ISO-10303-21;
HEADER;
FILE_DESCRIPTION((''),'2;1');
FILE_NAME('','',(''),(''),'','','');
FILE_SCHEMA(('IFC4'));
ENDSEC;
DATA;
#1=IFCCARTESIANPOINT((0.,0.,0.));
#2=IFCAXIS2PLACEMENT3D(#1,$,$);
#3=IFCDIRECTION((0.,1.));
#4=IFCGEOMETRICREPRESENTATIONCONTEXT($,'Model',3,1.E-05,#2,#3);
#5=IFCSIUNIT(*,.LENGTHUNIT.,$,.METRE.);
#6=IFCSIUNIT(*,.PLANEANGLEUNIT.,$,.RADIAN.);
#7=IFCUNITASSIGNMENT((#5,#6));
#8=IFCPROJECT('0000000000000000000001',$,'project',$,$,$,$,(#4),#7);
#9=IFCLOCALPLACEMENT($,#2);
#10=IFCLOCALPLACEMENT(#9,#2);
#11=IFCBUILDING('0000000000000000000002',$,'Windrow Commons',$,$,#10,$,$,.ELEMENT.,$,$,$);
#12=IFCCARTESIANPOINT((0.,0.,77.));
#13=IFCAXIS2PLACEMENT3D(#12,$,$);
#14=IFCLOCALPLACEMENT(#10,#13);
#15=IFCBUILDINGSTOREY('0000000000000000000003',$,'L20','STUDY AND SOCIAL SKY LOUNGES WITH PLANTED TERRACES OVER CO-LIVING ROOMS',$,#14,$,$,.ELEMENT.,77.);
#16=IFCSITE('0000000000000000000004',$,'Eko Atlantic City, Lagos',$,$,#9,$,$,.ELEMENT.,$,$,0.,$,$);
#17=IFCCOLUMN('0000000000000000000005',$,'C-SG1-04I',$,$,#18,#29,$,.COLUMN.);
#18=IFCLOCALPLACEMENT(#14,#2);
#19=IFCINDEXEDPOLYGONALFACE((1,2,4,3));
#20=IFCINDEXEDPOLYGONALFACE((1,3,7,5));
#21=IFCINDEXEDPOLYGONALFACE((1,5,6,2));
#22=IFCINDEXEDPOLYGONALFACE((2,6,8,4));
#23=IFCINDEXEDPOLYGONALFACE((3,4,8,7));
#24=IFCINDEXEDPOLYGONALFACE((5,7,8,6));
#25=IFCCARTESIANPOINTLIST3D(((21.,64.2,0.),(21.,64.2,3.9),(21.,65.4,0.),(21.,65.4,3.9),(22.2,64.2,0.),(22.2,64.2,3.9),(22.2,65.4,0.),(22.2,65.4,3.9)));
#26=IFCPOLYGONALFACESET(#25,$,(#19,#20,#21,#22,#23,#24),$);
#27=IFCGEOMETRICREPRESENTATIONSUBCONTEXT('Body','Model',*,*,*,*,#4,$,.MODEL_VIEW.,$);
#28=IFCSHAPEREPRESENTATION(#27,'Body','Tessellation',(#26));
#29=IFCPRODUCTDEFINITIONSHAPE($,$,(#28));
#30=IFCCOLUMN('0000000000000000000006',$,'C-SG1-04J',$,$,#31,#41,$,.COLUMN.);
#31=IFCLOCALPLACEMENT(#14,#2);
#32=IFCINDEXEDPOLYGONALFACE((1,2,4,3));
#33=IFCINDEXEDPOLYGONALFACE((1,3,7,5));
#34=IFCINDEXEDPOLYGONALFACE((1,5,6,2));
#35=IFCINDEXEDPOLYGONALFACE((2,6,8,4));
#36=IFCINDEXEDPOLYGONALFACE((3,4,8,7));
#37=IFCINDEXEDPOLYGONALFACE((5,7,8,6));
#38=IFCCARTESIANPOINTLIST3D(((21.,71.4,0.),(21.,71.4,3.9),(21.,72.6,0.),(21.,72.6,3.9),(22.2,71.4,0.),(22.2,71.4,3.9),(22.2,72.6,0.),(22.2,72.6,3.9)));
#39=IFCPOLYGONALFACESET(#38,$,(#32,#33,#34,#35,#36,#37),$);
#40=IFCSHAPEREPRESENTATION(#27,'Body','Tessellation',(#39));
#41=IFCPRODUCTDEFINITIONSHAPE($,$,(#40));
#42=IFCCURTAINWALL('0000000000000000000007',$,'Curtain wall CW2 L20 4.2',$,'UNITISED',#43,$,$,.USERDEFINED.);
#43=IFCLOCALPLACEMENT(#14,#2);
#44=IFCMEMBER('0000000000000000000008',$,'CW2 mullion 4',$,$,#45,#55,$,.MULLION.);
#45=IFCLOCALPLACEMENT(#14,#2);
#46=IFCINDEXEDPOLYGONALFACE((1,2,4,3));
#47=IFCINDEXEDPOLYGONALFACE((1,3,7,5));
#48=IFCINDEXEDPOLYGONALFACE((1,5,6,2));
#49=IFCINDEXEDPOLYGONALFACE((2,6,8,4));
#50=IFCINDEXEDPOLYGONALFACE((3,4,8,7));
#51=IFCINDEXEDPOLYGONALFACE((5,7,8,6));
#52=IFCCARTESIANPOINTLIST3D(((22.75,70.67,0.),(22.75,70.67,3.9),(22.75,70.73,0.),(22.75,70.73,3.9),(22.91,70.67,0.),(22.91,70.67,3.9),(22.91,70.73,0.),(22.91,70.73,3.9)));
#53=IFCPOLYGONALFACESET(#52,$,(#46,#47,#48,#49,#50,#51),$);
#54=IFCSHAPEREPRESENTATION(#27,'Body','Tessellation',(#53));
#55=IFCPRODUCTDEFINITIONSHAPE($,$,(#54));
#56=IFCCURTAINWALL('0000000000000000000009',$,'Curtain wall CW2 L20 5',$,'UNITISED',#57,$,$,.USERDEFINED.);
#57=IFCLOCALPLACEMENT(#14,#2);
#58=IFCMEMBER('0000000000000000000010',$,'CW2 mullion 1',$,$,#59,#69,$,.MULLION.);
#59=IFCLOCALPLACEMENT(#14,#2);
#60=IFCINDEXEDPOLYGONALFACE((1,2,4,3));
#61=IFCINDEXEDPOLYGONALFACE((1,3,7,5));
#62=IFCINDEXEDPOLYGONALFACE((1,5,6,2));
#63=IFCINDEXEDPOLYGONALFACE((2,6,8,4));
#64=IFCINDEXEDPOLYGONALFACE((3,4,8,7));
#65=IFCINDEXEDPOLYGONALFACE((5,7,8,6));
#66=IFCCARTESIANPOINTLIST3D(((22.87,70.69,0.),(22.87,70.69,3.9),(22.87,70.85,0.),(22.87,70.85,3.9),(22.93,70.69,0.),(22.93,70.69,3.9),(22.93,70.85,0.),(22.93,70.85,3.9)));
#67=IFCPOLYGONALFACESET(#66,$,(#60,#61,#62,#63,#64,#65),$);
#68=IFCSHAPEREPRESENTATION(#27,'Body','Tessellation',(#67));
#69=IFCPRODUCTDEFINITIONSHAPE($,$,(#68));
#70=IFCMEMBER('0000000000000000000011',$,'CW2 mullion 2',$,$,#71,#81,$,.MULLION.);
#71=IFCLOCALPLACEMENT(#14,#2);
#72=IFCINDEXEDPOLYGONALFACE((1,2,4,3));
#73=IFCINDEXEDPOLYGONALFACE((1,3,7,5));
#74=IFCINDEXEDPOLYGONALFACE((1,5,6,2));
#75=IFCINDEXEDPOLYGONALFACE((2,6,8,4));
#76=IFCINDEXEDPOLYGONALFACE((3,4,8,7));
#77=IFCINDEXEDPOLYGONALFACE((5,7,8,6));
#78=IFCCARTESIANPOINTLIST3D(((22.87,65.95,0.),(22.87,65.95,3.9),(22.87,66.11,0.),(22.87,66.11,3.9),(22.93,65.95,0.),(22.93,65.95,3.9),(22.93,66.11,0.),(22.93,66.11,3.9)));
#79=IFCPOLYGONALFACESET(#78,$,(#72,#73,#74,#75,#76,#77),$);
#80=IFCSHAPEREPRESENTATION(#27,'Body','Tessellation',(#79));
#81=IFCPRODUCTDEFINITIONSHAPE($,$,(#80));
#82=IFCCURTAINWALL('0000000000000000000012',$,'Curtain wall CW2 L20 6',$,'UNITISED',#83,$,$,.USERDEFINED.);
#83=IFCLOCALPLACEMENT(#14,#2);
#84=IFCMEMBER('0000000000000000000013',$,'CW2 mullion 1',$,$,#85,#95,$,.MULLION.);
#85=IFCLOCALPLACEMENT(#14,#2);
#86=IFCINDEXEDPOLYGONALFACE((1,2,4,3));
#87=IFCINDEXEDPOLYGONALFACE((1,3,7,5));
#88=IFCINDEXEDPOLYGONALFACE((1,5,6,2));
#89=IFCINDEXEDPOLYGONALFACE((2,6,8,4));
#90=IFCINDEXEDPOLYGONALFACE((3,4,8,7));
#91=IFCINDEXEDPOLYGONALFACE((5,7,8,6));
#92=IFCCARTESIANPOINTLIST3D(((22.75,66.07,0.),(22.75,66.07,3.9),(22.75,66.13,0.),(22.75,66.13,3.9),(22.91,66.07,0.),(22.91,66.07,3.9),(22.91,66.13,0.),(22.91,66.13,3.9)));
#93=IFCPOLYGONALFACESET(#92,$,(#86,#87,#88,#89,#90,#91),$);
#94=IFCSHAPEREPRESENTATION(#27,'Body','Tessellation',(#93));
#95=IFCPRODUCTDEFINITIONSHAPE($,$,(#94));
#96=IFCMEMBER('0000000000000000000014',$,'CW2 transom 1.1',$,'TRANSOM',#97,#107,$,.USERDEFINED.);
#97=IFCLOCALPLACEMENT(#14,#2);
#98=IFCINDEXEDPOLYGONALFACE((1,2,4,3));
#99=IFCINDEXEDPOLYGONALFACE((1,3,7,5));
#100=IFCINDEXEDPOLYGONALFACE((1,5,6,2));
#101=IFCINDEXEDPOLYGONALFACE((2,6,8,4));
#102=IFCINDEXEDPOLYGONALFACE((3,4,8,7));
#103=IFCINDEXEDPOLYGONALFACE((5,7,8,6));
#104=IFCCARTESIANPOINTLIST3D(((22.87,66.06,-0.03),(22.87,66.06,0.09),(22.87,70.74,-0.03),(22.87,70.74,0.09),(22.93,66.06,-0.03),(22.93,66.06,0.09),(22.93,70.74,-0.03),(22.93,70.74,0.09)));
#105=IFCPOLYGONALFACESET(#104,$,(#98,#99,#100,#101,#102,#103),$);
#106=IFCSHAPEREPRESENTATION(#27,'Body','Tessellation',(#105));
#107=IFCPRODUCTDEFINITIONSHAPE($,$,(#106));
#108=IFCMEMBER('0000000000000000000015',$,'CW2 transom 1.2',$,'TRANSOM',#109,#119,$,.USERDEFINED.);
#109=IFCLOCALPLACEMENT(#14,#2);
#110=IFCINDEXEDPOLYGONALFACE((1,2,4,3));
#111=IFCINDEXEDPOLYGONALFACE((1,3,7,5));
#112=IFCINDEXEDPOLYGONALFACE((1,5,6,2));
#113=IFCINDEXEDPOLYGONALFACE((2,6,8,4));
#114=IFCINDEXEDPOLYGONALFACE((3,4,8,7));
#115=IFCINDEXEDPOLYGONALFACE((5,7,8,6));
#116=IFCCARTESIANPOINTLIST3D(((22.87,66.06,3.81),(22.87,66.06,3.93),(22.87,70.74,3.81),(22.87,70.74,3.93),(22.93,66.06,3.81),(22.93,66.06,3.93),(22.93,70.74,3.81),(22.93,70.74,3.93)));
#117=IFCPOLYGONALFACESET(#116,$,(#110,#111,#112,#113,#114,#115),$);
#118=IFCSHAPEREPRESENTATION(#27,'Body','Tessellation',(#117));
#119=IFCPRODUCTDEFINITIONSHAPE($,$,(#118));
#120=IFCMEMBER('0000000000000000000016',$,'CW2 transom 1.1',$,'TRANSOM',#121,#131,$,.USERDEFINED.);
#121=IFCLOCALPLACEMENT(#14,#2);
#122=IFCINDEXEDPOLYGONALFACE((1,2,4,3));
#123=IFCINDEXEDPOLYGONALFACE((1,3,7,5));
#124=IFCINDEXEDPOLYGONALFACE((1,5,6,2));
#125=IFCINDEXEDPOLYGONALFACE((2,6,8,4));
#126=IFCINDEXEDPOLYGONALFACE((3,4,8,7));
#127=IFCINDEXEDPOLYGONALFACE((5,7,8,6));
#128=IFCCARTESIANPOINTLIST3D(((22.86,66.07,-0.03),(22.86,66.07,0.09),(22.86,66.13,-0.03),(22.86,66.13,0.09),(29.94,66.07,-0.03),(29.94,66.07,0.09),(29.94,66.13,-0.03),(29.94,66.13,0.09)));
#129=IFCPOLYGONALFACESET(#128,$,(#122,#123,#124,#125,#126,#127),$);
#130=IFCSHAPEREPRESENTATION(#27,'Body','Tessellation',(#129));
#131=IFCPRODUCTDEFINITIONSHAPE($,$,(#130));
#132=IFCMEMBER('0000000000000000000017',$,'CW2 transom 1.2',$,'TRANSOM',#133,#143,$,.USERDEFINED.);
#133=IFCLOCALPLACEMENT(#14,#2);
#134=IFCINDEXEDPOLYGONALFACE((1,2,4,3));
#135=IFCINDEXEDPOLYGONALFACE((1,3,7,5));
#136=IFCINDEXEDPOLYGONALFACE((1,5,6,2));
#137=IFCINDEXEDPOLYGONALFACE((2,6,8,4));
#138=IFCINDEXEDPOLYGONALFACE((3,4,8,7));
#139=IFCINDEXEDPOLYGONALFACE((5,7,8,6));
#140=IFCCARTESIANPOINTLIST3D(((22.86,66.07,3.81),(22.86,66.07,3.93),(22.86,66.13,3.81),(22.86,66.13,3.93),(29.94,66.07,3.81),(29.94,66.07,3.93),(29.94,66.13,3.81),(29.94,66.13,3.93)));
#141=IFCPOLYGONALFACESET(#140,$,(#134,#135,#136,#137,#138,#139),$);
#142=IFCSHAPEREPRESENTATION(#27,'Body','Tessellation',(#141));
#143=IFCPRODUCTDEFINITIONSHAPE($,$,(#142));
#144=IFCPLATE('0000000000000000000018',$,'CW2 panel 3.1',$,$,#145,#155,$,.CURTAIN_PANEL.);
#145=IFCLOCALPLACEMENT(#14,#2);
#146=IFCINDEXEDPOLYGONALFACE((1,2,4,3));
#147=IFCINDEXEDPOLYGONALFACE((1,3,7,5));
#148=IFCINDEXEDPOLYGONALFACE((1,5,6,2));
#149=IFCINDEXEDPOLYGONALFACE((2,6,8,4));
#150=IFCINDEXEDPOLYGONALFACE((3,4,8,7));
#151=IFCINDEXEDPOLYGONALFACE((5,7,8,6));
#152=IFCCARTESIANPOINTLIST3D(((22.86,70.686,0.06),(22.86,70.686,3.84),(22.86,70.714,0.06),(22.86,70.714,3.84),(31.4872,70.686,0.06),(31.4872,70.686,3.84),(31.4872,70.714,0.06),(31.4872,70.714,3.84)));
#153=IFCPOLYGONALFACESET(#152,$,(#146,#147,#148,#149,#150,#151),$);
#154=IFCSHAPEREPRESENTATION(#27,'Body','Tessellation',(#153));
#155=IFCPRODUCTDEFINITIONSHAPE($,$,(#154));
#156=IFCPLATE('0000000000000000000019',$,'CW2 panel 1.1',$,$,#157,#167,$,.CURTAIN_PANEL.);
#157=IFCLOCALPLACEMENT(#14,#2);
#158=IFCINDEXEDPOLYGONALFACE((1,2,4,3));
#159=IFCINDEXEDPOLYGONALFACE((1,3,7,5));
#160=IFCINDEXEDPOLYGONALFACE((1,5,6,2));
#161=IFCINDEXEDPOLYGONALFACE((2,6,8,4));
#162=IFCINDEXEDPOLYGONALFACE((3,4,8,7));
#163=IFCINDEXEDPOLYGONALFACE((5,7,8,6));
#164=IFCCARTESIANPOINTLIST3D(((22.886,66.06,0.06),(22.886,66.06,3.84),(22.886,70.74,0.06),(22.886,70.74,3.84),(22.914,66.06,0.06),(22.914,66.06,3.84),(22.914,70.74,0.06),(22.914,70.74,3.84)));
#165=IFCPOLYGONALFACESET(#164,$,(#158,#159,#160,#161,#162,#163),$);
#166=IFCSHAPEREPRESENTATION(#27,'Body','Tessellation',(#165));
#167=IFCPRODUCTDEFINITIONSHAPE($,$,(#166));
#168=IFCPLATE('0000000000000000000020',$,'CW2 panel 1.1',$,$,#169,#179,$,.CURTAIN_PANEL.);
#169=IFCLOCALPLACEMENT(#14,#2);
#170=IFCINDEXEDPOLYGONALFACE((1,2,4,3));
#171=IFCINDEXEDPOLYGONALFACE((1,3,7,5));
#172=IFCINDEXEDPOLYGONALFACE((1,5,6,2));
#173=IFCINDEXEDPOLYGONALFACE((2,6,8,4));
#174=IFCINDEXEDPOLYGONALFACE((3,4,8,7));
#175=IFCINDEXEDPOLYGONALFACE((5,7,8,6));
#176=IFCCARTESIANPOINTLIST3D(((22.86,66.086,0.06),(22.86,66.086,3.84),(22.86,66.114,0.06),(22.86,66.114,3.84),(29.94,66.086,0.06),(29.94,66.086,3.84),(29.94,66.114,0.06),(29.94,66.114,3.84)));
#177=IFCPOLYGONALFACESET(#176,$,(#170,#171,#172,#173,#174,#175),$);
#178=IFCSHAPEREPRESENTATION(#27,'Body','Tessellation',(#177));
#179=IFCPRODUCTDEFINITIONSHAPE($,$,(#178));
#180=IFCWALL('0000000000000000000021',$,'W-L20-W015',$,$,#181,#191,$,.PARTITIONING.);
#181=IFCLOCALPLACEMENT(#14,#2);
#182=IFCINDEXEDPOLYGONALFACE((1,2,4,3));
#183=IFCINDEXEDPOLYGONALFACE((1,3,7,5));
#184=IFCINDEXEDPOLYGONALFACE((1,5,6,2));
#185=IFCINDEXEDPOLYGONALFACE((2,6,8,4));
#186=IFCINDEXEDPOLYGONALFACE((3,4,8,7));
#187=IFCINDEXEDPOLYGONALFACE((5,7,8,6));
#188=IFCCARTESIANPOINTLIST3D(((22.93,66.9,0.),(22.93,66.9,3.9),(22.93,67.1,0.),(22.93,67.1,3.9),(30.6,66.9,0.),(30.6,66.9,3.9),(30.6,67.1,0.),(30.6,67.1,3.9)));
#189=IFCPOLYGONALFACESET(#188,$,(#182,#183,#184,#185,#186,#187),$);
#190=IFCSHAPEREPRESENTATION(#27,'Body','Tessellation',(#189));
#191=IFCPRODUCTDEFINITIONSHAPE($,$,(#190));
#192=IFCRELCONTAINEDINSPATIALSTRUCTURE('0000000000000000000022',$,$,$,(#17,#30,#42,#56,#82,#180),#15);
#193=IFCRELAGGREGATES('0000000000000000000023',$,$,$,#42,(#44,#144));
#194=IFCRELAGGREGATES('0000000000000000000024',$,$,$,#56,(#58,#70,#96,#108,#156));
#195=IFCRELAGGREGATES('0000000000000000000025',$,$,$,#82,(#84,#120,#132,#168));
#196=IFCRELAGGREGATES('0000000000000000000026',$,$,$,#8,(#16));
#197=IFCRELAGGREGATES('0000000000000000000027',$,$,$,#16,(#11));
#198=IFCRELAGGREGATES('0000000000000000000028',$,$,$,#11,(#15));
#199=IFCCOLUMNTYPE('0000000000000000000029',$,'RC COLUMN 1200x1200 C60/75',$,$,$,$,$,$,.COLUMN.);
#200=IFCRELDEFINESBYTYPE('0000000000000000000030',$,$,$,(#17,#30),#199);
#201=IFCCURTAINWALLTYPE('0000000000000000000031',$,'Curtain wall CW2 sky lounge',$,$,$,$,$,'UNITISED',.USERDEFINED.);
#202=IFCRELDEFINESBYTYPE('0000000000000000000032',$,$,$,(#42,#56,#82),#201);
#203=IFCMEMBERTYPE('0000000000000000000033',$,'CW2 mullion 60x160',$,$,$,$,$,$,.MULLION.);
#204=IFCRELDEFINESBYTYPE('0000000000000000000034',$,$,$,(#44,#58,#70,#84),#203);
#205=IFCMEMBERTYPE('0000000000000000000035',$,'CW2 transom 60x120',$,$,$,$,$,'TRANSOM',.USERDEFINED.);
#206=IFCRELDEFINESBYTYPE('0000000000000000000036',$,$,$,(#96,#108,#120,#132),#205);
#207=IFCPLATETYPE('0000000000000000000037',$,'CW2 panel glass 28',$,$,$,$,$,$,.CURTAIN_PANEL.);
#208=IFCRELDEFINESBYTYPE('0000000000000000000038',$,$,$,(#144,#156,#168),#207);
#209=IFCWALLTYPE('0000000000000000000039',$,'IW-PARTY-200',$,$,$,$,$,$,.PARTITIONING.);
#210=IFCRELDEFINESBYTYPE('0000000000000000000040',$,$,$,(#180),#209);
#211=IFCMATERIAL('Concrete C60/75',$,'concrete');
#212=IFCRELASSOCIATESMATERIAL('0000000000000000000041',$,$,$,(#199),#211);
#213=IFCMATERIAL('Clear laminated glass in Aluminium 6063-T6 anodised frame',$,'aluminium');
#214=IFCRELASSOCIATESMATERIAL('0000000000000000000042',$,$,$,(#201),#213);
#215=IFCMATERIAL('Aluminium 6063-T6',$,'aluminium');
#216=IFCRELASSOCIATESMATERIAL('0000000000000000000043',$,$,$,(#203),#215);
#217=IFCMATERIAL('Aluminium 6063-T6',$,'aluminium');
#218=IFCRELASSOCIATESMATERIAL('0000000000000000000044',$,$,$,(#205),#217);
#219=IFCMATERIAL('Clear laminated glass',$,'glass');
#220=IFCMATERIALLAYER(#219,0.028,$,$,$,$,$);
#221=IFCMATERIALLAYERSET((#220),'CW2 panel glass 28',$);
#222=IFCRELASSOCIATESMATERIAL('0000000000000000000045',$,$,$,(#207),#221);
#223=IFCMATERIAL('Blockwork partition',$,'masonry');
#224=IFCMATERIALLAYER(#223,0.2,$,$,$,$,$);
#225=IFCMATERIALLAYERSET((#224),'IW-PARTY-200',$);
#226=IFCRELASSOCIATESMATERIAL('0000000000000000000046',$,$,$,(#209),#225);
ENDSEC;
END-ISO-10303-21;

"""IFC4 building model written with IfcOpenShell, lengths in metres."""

from ifc_helpers import new_model, si_unit, direction, frame, frame_2d, origin, origin_2d, place, context, subcontext, project, spatial, rectangle, extrude, material, layer, layer_set, material_profile, profile_set, type_object, element, aggregate, save


model = new_model("IFC4")

# Units and contexts
model_context = context("Model", 3, precision=1e-05, world=origin(), true_north=direction((0.0, 1.0)))
body_context = subcontext(model_context, "Body", "Model", "MODEL_VIEW")
ifc_project = project(units=[si_unit("LENGTHUNIT", "METRE"), si_unit("PLANEANGLEUNIT", "RADIAN")], contexts=[model_context])

# Site, building, storey
site_placement = place(None, origin())
site = spatial("IfcSite", under=ifc_project, at=site_placement, Name="Eko Atlantic City, Lagos", CompositionType="ELEMENT", RefElevation=0.0)
building_placement = place(site_placement, origin())
building = spatial("IfcBuilding", under=site, at=building_placement, Name="Windrow Commons", CompositionType="ELEMENT")
storey_placement = place(building_placement, frame((0.0, 0.0, 77.0)))
storey = spatial("IfcBuildingStorey", under=building, at=storey_placement, Name="L20", Description="STUDY AND SOCIAL SKY LOUNGES WITH PLANTED TERRACES OVER CO-LIVING ROOMS", CompositionType="ELEMENT", Elevation=77.0)

# Columns
ifc_material_1 = material(Name="Concrete C60/75", Category="concrete")
ifc_material_profile_1 = material_profile(ifc_material_1, rectangle(XDim=1.2, YDim=1.2, at=origin_2d()))
ifc_profile_set_1 = profile_set([ifc_material_profile_1], Name="Concrete C60/75")
column_type = type_object("IfcColumnType", Name="RC COLUMN 1200x1200 C60/75", PredefinedType="COLUMN", material=ifc_profile_set_1)
for number, where, z_axis, x_axis, name in (
    (1, (21.6, 64.8, 0.0), (0.0, 0.0, 1.0), (1.0, 0.0, 0.0), "C-SG1-04I"),
    (2, (21.6, 72.0, 0.0), (0.0, 0.0, 1.0), (1.0, 0.0, 0.0), "C-SG1-04J"),
):
    element("IfcColumn", number, at=place(storey_placement, frame(where, z_axis=z_axis, x_axis=x_axis)), inside=storey, type_object=column_type, Name=name, PredefinedType="COLUMN", context=body_context, shape_type="SweptSolid", body=[
        extrude(rectangle(XDim=1.2, YDim=1.2, at=origin_2d()), origin(), (0.0, 0.0, 1.0), 3.9),
    ])

# Curtain wall, member
ifc_material_2 = material(Name="Clear laminated glass in Aluminium 6063-T6 anodised frame", Category="aluminium")
curtain_wall_type = type_object("IfcCurtainWallType", Name="Curtain wall CW2 sky lounge", ElementType="UNITISED", PredefinedType="USERDEFINED", material=ifc_material_2)
placement = place(storey_placement, origin())
curtain_wall_1 = element("IfcCurtainWall", 3, at=placement, inside=storey, type_object=curtain_wall_type, Name="Curtain wall CW2 L20 4.2", ObjectType="UNITISED", PredefinedType="USERDEFINED")
ifc_material_3 = material(Name="Aluminium 6063-T6", Category="aluminium")
ifc_material_profile_2 = material_profile(ifc_material_3, rectangle(XDim=0.06, YDim=0.16, at=origin_2d()))
ifc_profile_set_2 = profile_set([ifc_material_profile_2], Name="Aluminium 6063-T6")
member_type_1 = type_object("IfcMemberType", Name="CW2 mullion 60x160", PredefinedType="MULLION", material=ifc_profile_set_2)
member_1_placement = place(storey_placement, frame((22.83, 70.7, 0.0), z_axis=(0.0, 0.0, 1.0), x_axis=(0.0, -1.0, 0.0)))
member_1 = element("IfcMember", 4, at=member_1_placement, type_object=member_type_1, Name="CW2 mullion 4", PredefinedType="MULLION", context=body_context, shape_type="SweptSolid", body=[
    extrude(rectangle(XDim=0.06, YDim=0.16, at=origin_2d()), origin(), (0.0, 0.0, 1.0), 3.9),
])

# Curtain wall, members
curtain_wall_2 = element("IfcCurtainWall", 5, at=placement, inside=storey, type_object=curtain_wall_type, Name="Curtain wall CW2 L20 5", ObjectType="UNITISED", PredefinedType="USERDEFINED")
member_2_placement = place(storey_placement, frame((22.9, 70.77, 0.0), z_axis=(0.0, 0.0, 1.0), x_axis=(1.0, 0.0, 0.0)))
member_2 = element("IfcMember", 6, at=member_2_placement, type_object=member_type_1, Name="CW2 mullion 1", PredefinedType="MULLION", context=body_context, shape_type="SweptSolid", body=[
    extrude(rectangle(XDim=0.06, YDim=0.16, at=origin_2d()), origin(), (0.0, 0.0, 1.0), 3.9),
])
member_3_placement = place(storey_placement, frame((22.9, 66.03, 0.0), z_axis=(0.0, 0.0, 1.0), x_axis=(1.0, 0.0, 0.0)))
member_3 = element("IfcMember", 7, at=member_3_placement, type_object=member_type_1, Name="CW2 mullion 2", PredefinedType="MULLION", context=body_context, shape_type="SweptSolid", body=[
    extrude(rectangle(XDim=0.06, YDim=0.16, at=origin_2d()), origin(), (0.0, 0.0, 1.0), 3.9),
])

# Curtain wall, member
curtain_wall_3 = element("IfcCurtainWall", 8, at=placement, inside=storey, type_object=curtain_wall_type, Name="Curtain wall CW2 L20 6", ObjectType="UNITISED", PredefinedType="USERDEFINED")
member_4_placement = place(storey_placement, frame((22.83, 66.1, 0.0), z_axis=(0.0, 0.0, 1.0), x_axis=(0.0, 1.0, 0.0)))
member_4 = element("IfcMember", 9, at=member_4_placement, type_object=member_type_1, Name="CW2 mullion 1", PredefinedType="MULLION", context=body_context, shape_type="SweptSolid", body=[
    extrude(rectangle(XDim=0.06, YDim=0.16, at=origin_2d()), origin(), (0.0, 0.0, 1.0), 3.9),
])

# Members
ifc_material_4 = material(Name="Aluminium 6063-T6", Category="aluminium")
ifc_material_profile_3 = material_profile(ifc_material_4, rectangle(XDim=0.06, YDim=0.12, at=origin_2d()))
ifc_profile_set_3 = profile_set([ifc_material_profile_3], Name="Aluminium 6063-T6")
member_type_2 = type_object("IfcMemberType", Name="CW2 transom 60x120", ElementType="TRANSOM", PredefinedType="USERDEFINED", material=ifc_profile_set_3)
member_5_placement = place(storey_placement, frame((22.9, 70.74, 0.03), z_axis=(0.0, -1.0, 0.0), x_axis=(1.0, 0.0, 0.0)))
member_5 = element("IfcMember", 10, at=member_5_placement, type_object=member_type_2, Name="CW2 transom 1.1", ObjectType="TRANSOM", PredefinedType="USERDEFINED", context=body_context, shape_type="SweptSolid", body=[
    extrude(rectangle(XDim=0.06, YDim=0.12, at=origin_2d()), origin(), (0.0, 0.0, 1.0), 4.68),
])
member_6_placement = place(storey_placement, frame((22.9, 70.74, 3.87), z_axis=(0.0, -1.0, 0.0), x_axis=(1.0, 0.0, 0.0)))
member_6 = element("IfcMember", 11, at=member_6_placement, type_object=member_type_2, Name="CW2 transom 1.2", ObjectType="TRANSOM", PredefinedType="USERDEFINED", context=body_context, shape_type="SweptSolid", body=[
    extrude(rectangle(XDim=0.06, YDim=0.12, at=origin_2d()), origin(), (0.0, 0.0, 1.0), 4.68),
])
member_7_placement = place(storey_placement, frame((22.86, 66.1, 0.03), z_axis=(1.0, 0.0, 0.0), x_axis=(0.0, 1.0, 0.0)))
member_7 = element("IfcMember", 12, at=member_7_placement, type_object=member_type_2, Name="CW2 transom 1.1", ObjectType="TRANSOM", PredefinedType="USERDEFINED", context=body_context, shape_type="SweptSolid", body=[
    extrude(rectangle(XDim=0.06, YDim=0.12, at=origin_2d()), origin(), (0.0, 0.0, 1.0), 7.08),
])
member_8_placement = place(storey_placement, frame((22.86, 66.1, 3.87), z_axis=(1.0, 0.0, 0.0), x_axis=(0.0, 1.0, 0.0)))
member_8 = element("IfcMember", 13, at=member_8_placement, type_object=member_type_2, Name="CW2 transom 1.2", ObjectType="TRANSOM", PredefinedType="USERDEFINED", context=body_context, shape_type="SweptSolid", body=[
    extrude(rectangle(XDim=0.06, YDim=0.12, at=origin_2d()), origin(), (0.0, 0.0, 1.0), 7.08),
])

# Plates
ifc_material_5 = material(Name="Clear laminated glass", Category="glass")
ifc_layer_1 = layer(ifc_material_5, 0.028)
ifc_layer_set_1 = layer_set([ifc_layer_1], Name="CW2 panel glass 28")
plate_type = type_object("IfcPlateType", Name="CW2 panel glass 28", PredefinedType="CURTAIN_PANEL", material=ifc_layer_set_1)
plate_1_placement = place(storey_placement, frame((27.1736, 70.7, 0.06), z_axis=(0.0, 0.0, 1.0), x_axis=(-1.0, 0.0, 0.0)))
plate_1 = element("IfcPlate", 14, at=plate_1_placement, type_object=plate_type, Name="CW2 panel 3.1", PredefinedType="CURTAIN_PANEL", context=body_context, shape_type="SweptSolid", body=[
    extrude(rectangle(XDim=8.6273, YDim=0.028, at=origin_2d()), origin(), (0.0, 0.0, 1.0), 3.78),
])
aggregate(curtain_wall_1, [member_1, plate_1])
plate_2_placement = place(storey_placement, frame((22.9, 68.4, 0.06), z_axis=(0.0, 0.0, 1.0), x_axis=(0.0, -1.0, 0.0)))
plate_2 = element("IfcPlate", 15, at=plate_2_placement, type_object=plate_type, Name="CW2 panel 1.1", PredefinedType="CURTAIN_PANEL", context=body_context, shape_type="SweptSolid", body=[
    extrude(rectangle(XDim=4.68, YDim=0.028, at=origin_2d()), origin(), (0.0, 0.0, 1.0), 3.78),
])
aggregate(curtain_wall_2, [member_2, member_3, member_5, member_6, plate_2])
plate_3_placement = place(storey_placement, frame((26.4, 66.1, 0.06), z_axis=(0.0, 0.0, 1.0), x_axis=(1.0, 0.0, 0.0)))
plate_3 = element("IfcPlate", 16, at=plate_3_placement, type_object=plate_type, Name="CW2 panel 1.1", PredefinedType="CURTAIN_PANEL", context=body_context, shape_type="SweptSolid", body=[
    extrude(rectangle(XDim=7.08, YDim=0.028, at=origin_2d()), origin(), (0.0, 0.0, 1.0), 3.78),
])
aggregate(curtain_wall_3, [member_4, member_7, member_8, plate_3])

# Wall
ifc_material_6 = material(Name="Blockwork partition", Category="masonry")
ifc_layer_2 = layer(ifc_material_6, 0.2)
ifc_layer_set_2 = layer_set([ifc_layer_2], Name="IW-PARTY-200")
wall_type_1 = type_object("IfcWallType", Name="IW-PARTY-200", PredefinedType="PARTITIONING", material=ifc_layer_set_2)
wall_1_placement = place(storey_placement, frame((22.93, 67.0, 0.0), z_axis=(0.0, 0.0, 1.0), x_axis=(1.0, 0.0, 0.0)))
element("IfcWall", 17, at=wall_1_placement, inside=storey, type_object=wall_type_1, Name="W-L20-W015", PredefinedType="PARTITIONING", context=body_context, shape_type="SweptSolid", body=[
    extrude(rectangle(XDim=7.67, YDim=0.2, at=frame_2d((3.835, 0.0))), origin(), (0.0, 0.0, 1.0), 3.9),
])

save(model, "model.ifc")
